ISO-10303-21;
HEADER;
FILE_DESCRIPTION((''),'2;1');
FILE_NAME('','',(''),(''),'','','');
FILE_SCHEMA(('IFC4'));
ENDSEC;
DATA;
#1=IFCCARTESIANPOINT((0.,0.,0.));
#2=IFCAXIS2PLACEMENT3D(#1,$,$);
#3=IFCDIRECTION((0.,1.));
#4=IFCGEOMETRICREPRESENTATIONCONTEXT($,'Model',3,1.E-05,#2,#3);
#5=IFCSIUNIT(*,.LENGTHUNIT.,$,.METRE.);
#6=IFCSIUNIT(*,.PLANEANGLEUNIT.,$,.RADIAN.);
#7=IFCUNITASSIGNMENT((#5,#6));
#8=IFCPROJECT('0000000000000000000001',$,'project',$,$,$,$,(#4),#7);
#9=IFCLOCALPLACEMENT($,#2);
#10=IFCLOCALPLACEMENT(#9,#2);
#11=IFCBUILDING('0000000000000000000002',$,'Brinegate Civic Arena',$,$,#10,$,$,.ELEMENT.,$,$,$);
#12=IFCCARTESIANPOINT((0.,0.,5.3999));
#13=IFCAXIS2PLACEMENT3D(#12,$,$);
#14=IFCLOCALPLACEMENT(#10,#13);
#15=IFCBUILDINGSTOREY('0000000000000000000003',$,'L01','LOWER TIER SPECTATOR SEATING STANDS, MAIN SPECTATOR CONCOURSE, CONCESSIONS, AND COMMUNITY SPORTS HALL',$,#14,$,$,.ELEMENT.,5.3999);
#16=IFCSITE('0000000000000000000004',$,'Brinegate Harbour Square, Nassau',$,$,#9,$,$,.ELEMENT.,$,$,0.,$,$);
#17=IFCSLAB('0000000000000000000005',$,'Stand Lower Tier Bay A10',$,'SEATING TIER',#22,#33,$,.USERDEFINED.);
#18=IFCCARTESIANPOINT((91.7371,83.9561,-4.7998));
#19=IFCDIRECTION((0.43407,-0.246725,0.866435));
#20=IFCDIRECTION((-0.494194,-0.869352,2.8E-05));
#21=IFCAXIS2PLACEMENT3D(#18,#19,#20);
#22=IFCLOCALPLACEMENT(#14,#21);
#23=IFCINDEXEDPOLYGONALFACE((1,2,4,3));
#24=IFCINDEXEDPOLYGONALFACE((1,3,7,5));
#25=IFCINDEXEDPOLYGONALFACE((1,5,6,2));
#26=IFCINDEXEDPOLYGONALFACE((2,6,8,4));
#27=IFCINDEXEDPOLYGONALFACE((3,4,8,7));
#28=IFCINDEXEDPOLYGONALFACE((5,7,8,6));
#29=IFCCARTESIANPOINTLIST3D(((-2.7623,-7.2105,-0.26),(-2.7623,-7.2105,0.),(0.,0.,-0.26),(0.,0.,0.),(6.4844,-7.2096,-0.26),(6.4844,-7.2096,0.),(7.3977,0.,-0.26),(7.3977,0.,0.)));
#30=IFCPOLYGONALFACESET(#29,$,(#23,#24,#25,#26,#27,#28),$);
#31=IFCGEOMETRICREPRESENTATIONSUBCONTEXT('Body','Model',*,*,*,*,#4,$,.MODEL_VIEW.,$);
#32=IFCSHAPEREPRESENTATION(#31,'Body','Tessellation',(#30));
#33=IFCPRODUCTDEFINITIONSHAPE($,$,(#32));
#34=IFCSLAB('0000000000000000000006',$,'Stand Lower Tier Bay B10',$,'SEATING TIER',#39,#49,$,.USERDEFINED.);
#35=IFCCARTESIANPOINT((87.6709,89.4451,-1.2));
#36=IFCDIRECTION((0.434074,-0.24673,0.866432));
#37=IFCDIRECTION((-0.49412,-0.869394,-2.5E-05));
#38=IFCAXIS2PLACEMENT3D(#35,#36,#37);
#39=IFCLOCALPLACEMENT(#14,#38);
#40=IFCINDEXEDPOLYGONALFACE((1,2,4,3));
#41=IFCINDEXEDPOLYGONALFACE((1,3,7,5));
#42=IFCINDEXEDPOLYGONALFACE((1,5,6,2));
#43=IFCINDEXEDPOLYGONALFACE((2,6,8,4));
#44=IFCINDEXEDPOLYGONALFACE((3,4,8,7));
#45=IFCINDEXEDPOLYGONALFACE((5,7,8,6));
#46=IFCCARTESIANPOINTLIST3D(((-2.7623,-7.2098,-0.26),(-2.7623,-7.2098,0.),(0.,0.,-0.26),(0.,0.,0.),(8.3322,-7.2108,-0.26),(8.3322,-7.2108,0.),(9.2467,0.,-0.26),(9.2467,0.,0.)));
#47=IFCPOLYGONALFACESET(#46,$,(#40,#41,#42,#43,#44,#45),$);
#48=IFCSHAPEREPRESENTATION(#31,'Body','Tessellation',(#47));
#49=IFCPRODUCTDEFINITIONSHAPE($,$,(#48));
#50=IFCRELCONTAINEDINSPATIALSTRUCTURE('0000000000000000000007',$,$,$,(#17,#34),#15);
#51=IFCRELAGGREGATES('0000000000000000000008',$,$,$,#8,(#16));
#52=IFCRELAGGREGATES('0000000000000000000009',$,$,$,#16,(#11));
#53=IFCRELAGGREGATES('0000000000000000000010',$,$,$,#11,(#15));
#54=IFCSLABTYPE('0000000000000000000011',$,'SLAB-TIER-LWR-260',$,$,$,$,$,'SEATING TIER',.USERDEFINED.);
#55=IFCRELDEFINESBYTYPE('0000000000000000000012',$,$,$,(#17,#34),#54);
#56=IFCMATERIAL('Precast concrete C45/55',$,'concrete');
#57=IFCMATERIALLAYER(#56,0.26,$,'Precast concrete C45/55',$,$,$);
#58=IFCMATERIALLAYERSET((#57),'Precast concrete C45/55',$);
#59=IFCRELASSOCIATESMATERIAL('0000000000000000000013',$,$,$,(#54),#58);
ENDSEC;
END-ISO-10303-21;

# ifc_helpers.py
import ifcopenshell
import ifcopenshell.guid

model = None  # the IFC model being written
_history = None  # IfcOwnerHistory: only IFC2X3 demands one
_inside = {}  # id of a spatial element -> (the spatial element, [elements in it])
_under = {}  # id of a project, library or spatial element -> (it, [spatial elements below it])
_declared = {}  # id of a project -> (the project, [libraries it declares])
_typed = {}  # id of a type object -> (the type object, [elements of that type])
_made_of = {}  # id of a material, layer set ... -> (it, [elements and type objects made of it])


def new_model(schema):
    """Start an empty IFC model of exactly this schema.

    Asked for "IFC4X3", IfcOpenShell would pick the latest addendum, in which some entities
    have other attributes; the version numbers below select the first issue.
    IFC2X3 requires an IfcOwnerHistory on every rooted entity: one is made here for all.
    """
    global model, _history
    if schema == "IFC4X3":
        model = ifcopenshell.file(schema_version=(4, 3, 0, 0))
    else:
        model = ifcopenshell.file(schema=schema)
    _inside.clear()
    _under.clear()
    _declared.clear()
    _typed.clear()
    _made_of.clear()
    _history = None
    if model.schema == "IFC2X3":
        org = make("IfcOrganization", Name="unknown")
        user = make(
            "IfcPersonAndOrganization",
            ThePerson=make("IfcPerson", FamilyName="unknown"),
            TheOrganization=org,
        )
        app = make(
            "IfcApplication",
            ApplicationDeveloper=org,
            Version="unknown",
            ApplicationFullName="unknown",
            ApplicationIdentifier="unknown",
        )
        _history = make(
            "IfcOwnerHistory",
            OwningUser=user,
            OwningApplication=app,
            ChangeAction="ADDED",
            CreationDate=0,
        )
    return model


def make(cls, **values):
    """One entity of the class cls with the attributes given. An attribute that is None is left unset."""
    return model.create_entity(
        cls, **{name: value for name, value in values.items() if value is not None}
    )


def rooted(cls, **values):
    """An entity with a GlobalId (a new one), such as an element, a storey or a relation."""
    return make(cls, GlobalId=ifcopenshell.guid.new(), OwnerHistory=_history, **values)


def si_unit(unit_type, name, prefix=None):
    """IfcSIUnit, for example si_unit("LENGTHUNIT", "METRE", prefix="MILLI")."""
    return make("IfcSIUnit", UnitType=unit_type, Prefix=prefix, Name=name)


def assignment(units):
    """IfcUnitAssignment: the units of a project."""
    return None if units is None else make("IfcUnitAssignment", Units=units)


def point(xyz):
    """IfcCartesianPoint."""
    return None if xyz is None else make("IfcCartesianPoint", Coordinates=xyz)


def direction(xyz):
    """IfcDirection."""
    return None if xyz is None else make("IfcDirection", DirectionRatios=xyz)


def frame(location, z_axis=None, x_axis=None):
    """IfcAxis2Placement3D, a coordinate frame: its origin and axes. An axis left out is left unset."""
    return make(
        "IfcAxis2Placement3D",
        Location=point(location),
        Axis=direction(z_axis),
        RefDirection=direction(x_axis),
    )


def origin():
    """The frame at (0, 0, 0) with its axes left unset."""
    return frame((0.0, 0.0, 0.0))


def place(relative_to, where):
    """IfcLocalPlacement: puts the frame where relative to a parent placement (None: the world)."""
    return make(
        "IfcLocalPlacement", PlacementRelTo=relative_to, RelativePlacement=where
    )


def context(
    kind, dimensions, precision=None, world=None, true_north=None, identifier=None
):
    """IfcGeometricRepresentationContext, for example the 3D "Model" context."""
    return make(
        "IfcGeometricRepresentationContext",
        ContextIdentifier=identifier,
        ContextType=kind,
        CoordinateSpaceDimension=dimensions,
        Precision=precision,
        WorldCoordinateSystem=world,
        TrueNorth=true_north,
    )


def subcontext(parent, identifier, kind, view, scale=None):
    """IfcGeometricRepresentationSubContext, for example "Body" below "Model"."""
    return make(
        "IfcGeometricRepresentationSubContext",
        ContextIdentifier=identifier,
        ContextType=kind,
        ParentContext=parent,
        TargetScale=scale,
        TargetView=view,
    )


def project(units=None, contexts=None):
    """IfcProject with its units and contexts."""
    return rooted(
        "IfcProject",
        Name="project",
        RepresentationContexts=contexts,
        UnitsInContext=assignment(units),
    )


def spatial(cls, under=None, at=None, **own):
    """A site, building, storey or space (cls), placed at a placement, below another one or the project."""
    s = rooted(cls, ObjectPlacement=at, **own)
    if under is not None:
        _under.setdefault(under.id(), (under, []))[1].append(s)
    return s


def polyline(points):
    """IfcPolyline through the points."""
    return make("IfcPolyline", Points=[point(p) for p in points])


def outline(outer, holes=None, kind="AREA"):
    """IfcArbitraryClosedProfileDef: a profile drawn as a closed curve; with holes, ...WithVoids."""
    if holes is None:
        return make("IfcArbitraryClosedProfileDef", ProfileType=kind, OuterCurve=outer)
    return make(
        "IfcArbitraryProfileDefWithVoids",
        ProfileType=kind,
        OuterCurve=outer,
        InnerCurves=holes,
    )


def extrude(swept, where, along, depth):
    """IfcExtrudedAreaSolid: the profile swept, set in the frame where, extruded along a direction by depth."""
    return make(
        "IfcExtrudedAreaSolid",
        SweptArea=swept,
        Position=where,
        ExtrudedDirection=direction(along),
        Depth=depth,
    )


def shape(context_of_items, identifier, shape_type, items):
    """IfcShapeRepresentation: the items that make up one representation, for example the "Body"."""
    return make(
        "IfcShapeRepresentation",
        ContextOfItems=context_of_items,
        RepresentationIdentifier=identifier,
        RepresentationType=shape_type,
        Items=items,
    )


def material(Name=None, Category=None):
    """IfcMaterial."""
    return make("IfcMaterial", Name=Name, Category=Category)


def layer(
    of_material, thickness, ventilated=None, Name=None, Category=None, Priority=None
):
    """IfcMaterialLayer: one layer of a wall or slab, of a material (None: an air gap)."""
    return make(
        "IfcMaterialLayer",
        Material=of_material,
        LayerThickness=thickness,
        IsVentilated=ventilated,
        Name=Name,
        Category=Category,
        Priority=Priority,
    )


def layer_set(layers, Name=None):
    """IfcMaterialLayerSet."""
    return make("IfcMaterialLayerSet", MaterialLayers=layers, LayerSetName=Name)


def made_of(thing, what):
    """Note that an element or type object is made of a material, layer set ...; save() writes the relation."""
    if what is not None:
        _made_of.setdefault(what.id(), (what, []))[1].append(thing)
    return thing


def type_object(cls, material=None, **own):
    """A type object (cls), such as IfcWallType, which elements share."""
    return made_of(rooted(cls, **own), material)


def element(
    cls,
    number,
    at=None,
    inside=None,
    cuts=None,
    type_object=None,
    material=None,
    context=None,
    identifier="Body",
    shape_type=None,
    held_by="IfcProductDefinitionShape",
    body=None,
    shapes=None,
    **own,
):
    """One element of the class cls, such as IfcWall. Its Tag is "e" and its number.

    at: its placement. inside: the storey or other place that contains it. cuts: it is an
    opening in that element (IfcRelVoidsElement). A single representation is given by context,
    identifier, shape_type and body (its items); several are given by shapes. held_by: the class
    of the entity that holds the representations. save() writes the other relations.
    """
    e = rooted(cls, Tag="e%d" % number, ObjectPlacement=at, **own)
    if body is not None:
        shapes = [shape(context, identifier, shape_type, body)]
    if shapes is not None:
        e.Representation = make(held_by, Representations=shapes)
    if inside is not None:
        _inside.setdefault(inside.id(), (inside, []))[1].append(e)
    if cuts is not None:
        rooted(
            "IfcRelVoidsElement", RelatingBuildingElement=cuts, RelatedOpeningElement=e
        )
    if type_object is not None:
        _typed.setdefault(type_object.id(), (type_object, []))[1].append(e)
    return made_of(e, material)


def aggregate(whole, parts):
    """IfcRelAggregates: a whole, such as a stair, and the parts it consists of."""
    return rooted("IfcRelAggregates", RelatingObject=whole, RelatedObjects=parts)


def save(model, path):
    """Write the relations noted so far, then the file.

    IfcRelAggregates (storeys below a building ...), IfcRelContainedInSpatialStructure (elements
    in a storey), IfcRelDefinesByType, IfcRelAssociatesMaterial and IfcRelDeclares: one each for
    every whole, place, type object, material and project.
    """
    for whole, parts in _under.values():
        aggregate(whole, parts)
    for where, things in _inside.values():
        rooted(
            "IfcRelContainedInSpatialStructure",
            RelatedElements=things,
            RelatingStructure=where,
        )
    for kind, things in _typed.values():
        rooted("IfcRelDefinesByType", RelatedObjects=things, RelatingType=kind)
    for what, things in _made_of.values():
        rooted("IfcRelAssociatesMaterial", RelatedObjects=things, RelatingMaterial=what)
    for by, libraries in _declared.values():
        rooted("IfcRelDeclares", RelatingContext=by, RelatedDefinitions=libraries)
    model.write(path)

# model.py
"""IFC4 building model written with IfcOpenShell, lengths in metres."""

from ifc_helpers import new_model, si_unit, direction, frame, origin, place, context, subcontext, project, spatial, polyline, outline, extrude, material, layer, layer_set, type_object, element, save


model = new_model("IFC4")

# Units and contexts
model_context = context("Model", 3, precision=1e-05, world=origin(), true_north=direction((0.0, 1.0)))
body_context = subcontext(model_context, "Body", "Model", "MODEL_VIEW")
ifc_project = project(units=[si_unit("LENGTHUNIT", "METRE"), si_unit("PLANEANGLEUNIT", "RADIAN")], contexts=[model_context])

# Site, building, storey
site_placement = place(None, origin())
site = spatial("IfcSite", under=ifc_project, at=site_placement, Name="Brinegate Harbour Square, Nassau", CompositionType="ELEMENT", RefElevation=0.0)
building_placement = place(site_placement, origin())
building = spatial("IfcBuilding", under=site, at=building_placement, Name="Brinegate Civic Arena", CompositionType="ELEMENT")
storey_placement = place(building_placement, frame((0.0, 0.0, 5.3999)))
storey = spatial("IfcBuildingStorey", under=building, at=storey_placement, Name="L01", Description="LOWER TIER SPECTATOR SEATING STANDS, MAIN SPECTATOR CONCOURSE, CONCESSIONS, AND COMMUNITY SPORTS HALL", CompositionType="ELEMENT", Elevation=5.3999)

# Slabs
ifc_material_1 = material(Name="Precast concrete C45/55", Category="concrete")
ifc_layer_1 = layer(ifc_material_1, 0.26, Name="Precast concrete C45/55")
ifc_layer_set_1 = layer_set([ifc_layer_1], Name="Precast concrete C45/55")
slab_type = type_object("IfcSlabType", Name="SLAB-TIER-LWR-260", ElementType="SEATING TIER", PredefinedType="USERDEFINED", material=ifc_layer_set_1)
slab_1_placement = place(storey_placement, frame((91.7371, 83.9561, -4.7998), z_axis=(0.43407, -0.246725, 0.866435), x_axis=(-0.494194, -0.869352, 0.000028)))
element("IfcSlab", 1, at=slab_1_placement, inside=storey, type_object=slab_type, Name="Stand Lower Tier Bay A10", ObjectType="SEATING TIER", PredefinedType="USERDEFINED", context=body_context, shape_type="SweptSolid", body=[
    extrude(outline(polyline([(0.0, 0.0), (7.3977, 0.0), (6.4844, -7.2096), (-2.7623, -7.2105), (0.0, 0.0)])), origin(), (0.0, 0.0, -1.0), 0.26),
])
slab_2_placement = place(storey_placement, frame((87.6709, 89.4451, -1.2), z_axis=(0.434074, -0.24673, 0.866432), x_axis=(-0.49412, -0.869394, -0.000025)))
element("IfcSlab", 2, at=slab_2_placement, inside=storey, type_object=slab_type, Name="Stand Lower Tier Bay B10", ObjectType="SEATING TIER", PredefinedType="USERDEFINED", context=body_context, shape_type="SweptSolid", body=[
    extrude(outline(polyline([(0.0, 0.0), (9.2467, 0.0), (8.3322, -7.2108), (-2.7623, -7.2098), (0.0, 0.0)])), origin(), (0.0, 0.0, -1.0), 0.26),
])

save(model, "model.ifc")
